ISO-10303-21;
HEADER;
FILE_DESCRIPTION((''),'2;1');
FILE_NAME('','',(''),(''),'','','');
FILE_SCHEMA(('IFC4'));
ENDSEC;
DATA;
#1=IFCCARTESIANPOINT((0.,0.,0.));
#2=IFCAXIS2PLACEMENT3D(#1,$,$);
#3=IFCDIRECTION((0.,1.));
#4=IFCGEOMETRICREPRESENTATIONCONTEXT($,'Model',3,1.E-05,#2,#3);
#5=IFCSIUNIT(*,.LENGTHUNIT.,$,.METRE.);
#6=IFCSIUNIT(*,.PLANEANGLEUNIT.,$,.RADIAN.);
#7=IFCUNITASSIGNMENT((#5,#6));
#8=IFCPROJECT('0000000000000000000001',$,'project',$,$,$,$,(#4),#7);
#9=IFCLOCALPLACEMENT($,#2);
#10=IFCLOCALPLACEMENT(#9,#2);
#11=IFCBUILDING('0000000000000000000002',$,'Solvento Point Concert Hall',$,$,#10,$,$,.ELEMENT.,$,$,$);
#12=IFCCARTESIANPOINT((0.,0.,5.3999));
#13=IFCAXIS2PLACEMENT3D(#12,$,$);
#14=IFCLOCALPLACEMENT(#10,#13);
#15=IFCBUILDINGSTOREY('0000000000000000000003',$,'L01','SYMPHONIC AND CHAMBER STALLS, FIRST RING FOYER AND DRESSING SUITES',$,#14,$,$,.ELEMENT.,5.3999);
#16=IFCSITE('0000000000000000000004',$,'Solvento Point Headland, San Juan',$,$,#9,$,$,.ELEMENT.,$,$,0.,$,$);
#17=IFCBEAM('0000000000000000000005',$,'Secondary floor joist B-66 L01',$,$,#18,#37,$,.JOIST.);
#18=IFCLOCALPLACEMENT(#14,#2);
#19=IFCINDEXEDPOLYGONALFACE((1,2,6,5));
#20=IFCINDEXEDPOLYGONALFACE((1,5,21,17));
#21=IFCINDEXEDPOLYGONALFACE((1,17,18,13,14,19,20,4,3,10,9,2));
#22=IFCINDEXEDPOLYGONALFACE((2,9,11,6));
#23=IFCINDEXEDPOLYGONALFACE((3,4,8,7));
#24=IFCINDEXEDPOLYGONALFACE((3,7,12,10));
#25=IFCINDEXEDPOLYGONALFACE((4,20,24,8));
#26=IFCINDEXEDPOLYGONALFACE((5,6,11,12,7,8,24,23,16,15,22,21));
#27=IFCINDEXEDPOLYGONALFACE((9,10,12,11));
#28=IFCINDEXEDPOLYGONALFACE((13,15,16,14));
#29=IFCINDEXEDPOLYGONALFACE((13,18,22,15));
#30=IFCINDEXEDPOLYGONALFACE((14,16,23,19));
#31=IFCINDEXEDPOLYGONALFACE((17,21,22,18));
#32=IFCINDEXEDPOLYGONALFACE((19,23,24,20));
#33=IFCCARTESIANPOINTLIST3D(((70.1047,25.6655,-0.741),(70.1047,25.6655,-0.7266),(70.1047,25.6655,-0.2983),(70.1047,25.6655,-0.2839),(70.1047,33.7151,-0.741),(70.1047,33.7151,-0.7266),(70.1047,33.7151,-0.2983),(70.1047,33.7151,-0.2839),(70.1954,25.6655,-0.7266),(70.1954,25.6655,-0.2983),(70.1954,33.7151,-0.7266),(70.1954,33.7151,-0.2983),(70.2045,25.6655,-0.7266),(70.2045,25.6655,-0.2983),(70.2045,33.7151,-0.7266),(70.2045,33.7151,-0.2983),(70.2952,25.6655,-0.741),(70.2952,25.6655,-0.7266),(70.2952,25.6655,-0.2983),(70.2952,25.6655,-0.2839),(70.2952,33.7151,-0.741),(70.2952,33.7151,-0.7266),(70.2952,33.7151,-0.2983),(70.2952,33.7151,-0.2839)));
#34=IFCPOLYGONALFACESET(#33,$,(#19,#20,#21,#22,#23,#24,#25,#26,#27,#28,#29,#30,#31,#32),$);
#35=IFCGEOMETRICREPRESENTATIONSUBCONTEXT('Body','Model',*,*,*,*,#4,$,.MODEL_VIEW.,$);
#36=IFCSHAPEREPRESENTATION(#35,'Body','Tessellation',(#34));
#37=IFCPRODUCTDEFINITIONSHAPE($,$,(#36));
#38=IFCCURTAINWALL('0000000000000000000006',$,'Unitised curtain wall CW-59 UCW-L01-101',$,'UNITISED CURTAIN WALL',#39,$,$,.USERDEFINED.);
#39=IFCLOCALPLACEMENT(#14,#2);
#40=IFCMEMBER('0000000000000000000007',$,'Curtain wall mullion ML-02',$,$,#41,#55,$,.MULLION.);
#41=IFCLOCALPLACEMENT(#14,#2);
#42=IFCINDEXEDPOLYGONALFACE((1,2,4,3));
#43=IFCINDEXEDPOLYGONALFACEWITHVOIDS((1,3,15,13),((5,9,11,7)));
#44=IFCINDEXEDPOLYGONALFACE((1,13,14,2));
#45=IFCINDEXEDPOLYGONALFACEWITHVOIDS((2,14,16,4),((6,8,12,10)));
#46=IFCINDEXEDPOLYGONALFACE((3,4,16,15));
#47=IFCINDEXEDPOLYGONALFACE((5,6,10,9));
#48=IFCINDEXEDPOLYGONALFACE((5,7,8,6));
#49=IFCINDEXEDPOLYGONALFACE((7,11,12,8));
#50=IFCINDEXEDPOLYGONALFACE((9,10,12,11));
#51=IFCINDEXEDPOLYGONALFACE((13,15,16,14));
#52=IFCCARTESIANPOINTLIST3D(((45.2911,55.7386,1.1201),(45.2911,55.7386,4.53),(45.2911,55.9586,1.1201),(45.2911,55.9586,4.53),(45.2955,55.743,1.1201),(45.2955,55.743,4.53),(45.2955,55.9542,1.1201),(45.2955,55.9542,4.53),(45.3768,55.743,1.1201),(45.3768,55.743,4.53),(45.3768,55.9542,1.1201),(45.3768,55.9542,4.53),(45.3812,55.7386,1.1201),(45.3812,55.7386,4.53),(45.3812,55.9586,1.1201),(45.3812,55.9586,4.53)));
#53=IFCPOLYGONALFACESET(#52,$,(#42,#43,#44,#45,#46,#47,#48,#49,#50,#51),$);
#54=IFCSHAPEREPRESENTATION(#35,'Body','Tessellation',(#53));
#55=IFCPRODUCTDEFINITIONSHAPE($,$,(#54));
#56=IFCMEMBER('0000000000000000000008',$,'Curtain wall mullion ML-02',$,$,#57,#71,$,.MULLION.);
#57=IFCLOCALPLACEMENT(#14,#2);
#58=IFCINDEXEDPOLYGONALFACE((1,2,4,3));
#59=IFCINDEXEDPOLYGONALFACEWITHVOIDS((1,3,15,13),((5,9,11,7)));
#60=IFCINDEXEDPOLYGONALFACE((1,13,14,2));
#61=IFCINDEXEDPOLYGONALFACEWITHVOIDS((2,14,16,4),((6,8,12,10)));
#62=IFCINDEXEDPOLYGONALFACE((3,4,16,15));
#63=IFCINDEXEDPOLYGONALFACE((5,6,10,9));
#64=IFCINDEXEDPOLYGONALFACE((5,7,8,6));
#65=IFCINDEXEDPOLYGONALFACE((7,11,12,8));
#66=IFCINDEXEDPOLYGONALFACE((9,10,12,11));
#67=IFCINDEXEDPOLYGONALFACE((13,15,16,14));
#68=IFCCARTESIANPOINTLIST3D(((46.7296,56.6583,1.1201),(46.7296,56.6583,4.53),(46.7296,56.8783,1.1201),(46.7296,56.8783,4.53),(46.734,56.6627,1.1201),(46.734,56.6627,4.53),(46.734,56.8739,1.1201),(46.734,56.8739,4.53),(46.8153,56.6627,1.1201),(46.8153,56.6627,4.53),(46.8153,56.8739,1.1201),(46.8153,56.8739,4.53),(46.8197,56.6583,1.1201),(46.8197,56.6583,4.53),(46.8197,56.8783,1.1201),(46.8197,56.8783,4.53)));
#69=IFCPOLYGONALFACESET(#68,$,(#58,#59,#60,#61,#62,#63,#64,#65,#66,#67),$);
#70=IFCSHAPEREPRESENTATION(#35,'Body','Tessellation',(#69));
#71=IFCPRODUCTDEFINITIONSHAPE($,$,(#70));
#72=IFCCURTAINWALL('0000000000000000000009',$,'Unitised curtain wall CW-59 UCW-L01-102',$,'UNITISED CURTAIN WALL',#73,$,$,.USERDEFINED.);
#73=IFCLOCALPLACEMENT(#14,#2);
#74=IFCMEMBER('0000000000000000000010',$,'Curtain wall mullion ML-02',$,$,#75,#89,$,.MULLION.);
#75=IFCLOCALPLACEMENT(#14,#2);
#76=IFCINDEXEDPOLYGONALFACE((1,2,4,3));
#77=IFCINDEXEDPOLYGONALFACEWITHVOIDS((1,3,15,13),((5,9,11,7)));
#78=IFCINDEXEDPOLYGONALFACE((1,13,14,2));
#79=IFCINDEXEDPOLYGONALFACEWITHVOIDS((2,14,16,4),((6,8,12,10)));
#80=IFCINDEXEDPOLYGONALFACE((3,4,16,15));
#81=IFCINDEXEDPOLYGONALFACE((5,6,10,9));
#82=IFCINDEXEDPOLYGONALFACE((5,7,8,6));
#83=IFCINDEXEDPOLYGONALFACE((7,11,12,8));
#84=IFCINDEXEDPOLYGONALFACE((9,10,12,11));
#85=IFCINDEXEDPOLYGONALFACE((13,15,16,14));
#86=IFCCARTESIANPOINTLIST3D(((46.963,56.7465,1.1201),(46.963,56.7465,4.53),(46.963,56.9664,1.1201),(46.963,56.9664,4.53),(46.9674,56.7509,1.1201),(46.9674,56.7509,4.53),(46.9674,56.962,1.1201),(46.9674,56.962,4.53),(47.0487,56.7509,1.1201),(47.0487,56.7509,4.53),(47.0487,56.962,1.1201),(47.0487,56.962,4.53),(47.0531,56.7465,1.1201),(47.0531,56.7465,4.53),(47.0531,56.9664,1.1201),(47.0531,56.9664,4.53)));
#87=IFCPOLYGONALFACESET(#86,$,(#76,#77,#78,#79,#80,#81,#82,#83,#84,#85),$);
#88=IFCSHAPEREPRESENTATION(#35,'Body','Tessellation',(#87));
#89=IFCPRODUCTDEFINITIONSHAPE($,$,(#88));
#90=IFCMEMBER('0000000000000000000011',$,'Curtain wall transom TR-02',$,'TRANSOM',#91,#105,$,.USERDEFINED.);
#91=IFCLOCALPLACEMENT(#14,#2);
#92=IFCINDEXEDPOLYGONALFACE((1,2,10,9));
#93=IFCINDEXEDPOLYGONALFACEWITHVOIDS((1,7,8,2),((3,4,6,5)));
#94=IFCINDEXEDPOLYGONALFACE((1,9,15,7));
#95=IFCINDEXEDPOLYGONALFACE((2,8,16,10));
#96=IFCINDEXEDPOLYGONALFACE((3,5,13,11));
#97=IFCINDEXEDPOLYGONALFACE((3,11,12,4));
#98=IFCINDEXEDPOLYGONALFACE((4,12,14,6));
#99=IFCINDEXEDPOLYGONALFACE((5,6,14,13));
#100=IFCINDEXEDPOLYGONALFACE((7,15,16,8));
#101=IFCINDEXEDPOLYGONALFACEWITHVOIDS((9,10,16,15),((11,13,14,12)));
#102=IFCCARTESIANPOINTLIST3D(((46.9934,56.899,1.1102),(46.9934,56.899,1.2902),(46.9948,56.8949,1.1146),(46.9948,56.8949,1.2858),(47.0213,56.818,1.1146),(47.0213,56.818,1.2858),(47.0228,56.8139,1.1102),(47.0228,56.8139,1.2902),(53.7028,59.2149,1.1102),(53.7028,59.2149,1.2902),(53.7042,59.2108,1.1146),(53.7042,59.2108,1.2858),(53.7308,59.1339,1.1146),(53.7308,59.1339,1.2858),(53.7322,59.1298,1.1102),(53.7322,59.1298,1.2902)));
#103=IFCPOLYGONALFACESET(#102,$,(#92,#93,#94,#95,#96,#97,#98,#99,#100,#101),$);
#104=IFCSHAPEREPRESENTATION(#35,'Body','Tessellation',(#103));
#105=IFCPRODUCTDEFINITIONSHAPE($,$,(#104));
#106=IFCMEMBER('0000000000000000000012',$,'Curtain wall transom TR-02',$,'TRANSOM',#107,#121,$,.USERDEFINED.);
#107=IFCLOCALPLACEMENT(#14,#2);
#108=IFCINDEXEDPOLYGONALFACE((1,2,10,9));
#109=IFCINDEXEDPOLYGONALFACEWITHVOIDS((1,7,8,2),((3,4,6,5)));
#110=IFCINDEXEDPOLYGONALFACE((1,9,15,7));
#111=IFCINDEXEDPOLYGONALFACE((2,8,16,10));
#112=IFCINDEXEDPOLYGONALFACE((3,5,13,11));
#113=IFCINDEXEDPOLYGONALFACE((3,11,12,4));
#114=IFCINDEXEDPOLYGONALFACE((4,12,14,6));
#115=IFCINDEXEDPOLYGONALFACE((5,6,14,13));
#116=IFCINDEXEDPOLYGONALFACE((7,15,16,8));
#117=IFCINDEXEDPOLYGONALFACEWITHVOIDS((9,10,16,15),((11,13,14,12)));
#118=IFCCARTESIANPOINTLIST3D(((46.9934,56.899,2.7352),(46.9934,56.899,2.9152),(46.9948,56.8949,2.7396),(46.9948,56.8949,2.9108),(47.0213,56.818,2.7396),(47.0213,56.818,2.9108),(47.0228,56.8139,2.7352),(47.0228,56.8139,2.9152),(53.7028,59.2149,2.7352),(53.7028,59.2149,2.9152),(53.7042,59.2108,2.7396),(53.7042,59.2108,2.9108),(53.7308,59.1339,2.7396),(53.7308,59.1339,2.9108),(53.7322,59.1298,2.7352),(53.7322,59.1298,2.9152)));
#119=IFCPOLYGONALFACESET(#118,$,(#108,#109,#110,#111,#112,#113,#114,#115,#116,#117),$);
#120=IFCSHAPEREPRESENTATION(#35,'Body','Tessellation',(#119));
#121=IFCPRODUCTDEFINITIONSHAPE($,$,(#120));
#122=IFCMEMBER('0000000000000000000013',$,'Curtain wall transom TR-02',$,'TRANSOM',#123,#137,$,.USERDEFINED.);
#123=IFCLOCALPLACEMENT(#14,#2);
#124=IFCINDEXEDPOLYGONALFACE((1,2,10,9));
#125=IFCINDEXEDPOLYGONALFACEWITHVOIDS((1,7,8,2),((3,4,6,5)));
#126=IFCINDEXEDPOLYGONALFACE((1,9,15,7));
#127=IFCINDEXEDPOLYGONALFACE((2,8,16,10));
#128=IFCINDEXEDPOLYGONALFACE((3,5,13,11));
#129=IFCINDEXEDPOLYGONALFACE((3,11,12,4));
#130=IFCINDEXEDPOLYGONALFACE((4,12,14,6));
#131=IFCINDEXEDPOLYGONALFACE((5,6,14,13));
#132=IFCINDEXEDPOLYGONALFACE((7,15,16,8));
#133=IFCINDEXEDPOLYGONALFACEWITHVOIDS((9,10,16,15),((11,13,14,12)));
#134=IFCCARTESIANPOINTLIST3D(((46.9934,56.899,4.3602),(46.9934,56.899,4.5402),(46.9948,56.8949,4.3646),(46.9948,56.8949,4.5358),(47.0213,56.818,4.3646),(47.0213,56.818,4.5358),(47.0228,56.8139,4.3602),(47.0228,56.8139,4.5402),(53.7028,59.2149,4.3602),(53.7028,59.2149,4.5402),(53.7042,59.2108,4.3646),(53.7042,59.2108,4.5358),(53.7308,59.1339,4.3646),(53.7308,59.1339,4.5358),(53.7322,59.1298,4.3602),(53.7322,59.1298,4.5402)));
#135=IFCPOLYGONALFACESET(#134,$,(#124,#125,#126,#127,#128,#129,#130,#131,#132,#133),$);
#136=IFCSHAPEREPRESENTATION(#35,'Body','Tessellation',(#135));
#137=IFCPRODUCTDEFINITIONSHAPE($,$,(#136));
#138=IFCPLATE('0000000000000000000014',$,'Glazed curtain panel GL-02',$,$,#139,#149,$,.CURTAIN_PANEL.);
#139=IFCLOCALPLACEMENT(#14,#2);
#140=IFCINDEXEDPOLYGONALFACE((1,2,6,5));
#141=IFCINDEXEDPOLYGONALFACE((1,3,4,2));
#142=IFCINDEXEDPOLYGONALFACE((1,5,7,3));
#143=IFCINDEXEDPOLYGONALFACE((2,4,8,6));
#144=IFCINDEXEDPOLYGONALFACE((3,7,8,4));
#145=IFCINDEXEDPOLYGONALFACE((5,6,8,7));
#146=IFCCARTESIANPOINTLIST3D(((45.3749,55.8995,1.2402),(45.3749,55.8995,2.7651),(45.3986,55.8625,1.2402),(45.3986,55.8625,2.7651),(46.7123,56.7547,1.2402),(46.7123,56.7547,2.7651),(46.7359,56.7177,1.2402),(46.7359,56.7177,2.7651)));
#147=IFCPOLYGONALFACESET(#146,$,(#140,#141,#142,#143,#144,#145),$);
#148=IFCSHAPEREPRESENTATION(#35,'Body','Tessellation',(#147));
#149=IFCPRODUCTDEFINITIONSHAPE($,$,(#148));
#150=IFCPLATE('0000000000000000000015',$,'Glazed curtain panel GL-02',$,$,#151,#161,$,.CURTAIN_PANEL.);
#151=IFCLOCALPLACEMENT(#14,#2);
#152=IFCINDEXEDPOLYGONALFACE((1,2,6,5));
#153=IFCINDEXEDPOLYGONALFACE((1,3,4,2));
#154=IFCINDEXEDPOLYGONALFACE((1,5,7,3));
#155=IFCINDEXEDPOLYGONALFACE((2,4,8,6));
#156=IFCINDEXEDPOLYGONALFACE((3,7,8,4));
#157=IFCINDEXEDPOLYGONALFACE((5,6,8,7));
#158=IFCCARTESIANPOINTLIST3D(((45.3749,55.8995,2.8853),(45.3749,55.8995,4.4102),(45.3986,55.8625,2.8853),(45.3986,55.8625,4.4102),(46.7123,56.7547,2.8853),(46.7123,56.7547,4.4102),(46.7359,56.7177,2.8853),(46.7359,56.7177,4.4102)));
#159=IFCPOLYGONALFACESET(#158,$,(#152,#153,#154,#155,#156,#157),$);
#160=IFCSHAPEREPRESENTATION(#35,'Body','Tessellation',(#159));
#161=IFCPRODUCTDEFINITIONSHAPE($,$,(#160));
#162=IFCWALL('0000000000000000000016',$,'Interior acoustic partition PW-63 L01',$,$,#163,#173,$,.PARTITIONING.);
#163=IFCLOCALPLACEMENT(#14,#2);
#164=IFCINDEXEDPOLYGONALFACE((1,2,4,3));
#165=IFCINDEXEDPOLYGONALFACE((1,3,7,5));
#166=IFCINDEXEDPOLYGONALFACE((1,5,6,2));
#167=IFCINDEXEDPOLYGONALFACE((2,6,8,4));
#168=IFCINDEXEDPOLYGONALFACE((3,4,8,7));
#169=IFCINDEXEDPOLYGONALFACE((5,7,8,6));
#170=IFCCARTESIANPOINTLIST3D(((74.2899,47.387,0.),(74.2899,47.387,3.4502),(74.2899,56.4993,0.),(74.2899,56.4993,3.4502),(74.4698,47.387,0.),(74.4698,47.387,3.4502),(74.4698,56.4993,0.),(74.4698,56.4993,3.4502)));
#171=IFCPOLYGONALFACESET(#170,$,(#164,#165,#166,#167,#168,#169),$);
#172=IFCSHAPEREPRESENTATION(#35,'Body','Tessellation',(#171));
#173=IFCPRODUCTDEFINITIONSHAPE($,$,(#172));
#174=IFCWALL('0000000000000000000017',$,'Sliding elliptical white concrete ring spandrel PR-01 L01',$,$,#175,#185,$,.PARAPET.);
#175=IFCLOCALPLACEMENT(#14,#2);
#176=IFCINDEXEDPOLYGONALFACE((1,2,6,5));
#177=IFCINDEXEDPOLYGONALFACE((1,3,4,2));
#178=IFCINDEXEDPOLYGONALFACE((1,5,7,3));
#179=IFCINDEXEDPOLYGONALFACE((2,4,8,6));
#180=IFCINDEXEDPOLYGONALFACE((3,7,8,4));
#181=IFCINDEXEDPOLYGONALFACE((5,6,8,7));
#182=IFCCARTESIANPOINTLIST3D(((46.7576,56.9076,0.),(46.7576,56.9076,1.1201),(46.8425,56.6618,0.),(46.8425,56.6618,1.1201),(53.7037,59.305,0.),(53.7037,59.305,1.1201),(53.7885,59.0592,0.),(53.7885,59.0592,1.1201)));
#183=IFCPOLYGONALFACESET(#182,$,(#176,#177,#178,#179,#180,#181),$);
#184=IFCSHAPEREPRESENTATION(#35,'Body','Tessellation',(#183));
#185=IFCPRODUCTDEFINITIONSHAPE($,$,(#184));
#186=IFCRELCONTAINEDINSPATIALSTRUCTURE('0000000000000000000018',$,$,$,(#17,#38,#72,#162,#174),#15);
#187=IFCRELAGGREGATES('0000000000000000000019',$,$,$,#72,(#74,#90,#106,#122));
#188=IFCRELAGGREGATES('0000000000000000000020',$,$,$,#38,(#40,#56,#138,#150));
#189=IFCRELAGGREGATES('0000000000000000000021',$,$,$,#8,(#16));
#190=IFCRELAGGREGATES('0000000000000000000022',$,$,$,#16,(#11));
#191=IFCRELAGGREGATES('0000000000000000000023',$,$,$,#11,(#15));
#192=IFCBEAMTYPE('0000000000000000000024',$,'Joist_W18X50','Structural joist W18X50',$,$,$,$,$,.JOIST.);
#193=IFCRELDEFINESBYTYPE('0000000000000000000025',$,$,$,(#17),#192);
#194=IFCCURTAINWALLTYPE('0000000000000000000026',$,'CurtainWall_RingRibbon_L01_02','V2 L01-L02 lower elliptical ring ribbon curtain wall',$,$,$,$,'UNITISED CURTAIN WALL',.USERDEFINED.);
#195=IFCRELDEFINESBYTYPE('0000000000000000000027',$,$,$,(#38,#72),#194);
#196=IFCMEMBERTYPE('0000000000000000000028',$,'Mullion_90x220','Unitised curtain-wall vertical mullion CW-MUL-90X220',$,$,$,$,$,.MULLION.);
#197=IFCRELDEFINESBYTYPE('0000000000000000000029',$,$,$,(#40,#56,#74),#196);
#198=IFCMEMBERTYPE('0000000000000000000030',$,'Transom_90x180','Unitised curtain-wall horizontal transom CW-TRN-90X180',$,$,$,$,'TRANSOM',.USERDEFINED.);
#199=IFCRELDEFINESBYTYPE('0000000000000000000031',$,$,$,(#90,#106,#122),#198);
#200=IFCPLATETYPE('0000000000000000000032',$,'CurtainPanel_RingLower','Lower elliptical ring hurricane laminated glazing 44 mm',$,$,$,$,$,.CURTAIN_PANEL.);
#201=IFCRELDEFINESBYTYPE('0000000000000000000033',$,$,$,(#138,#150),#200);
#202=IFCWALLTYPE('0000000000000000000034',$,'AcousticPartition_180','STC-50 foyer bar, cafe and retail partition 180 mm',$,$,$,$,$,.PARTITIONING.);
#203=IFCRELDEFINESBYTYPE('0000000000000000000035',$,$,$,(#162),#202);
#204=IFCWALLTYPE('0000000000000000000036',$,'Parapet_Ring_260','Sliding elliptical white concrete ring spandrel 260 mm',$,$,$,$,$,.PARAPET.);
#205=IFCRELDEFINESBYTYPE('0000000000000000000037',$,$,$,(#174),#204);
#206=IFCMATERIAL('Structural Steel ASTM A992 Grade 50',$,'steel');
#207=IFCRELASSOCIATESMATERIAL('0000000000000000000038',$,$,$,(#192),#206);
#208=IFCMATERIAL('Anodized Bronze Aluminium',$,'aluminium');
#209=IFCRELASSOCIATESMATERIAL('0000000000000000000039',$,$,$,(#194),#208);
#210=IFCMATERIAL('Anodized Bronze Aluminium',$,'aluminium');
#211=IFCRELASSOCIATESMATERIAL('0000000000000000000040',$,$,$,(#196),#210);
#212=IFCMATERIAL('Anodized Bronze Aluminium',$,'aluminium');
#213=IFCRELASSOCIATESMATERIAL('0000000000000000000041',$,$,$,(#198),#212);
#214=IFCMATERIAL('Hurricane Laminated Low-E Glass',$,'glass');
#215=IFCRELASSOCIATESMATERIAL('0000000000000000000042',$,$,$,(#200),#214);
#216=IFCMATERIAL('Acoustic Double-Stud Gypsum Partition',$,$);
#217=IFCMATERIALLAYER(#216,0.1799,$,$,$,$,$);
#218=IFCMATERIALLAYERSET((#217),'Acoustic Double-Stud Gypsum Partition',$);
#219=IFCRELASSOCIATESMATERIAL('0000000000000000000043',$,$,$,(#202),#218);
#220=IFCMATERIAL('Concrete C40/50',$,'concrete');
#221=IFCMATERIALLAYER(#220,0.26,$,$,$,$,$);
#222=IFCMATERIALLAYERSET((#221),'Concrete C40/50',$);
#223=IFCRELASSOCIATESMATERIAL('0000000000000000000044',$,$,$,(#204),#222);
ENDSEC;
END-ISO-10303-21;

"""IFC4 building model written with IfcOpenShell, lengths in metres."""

from ifc_helpers import new_model, si_unit, direction, frame, frame_2d, origin, origin_2d, place, context, subcontext, project, spatial, rectangle, hollow_rectangle, i_section, extrude, material, layer, layer_set, material_profile, profile_set, type_object, element, aggregate, save


model = new_model("IFC4")

# Units and contexts
model_context = context("Model", 3, precision=1e-05, world=origin(), true_north=direction((0.0, 1.0)))
body_context = subcontext(model_context, "Body", "Model", "MODEL_VIEW")
ifc_project = project(units=[si_unit("LENGTHUNIT", "METRE"), si_unit("PLANEANGLEUNIT", "RADIAN")], contexts=[model_context])

# Site, building, storey
site_placement = place(None, origin())
site = spatial("IfcSite", under=ifc_project, at=site_placement, Name="Solvento Point Headland, San Juan", CompositionType="ELEMENT", RefElevation=0.0)
building_placement = place(site_placement, origin())
building = spatial("IfcBuilding", under=site, at=building_placement, Name="Solvento Point Concert Hall", CompositionType="ELEMENT")
storey_placement = place(building_placement, frame((0.0, 0.0, 5.3999)))
storey = spatial("IfcBuildingStorey", under=building, at=storey_placement, Name="L01", Description="SYMPHONIC AND CHAMBER STALLS, FIRST RING FOYER AND DRESSING SUITES", CompositionType="ELEMENT", Elevation=5.3999)

# Beam
ifc_material_1 = material(Name="Structural Steel ASTM A992 Grade 50", Category="steel")
ifc_material_profile_1 = material_profile(ifc_material_1, i_section(OverallWidth=0.1904, OverallDepth=0.457, WebThickness=0.009, FlangeThickness=0.0144, at=origin_2d()), Name="W18X50")
ifc_profile_set_1 = profile_set([ifc_material_profile_1], Name="Structural Steel ASTM A992 Grade 50")
beam_type_1 = type_object("IfcBeamType", Name="Joist_W18X50", Description="Structural joist W18X50", PredefinedType="JOIST", material=ifc_profile_set_1)
beam_1_placement = place(storey_placement, frame((70.2, 25.6655, -0.5125), z_axis=(0.0, 1.0, 0.0), x_axis=(-1.0, 0.0, 0.0)))
element("IfcBeam", 1, at=beam_1_placement, inside=storey, type_object=beam_type_1, Name="Secondary floor joist B-66 L01", PredefinedType="JOIST", context=body_context, shape_type="SweptSolid", body=[
    extrude(i_section(OverallWidth=0.1904, OverallDepth=0.457, WebThickness=0.009, FlangeThickness=0.0144, at=origin_2d()), origin(), (0.0, 0.0, 1.0), 8.0496),
])

# Curtain walls, members
ifc_material_2 = material(Name="Anodized Bronze Aluminium", Category="aluminium")
curtain_wall_type = type_object("IfcCurtainWallType", Name="CurtainWall_RingRibbon_L01_02", Description="V2 L01-L02 lower elliptical ring ribbon curtain wall", ElementType="UNITISED CURTAIN WALL", PredefinedType="USERDEFINED", material=ifc_material_2)
curtain_wall_1_placement = place(storey_placement, origin())
curtain_wall_1 = element("IfcCurtainWall", 2, at=curtain_wall_1_placement, inside=storey, type_object=curtain_wall_type, Name="Unitised curtain wall CW-59 UCW-L01-101", ObjectType="UNITISED CURTAIN WALL", PredefinedType="USERDEFINED")
ifc_material_3 = material(Name="Anodized Bronze Aluminium", Category="aluminium")
ifc_material_profile_2 = material_profile(ifc_material_3, hollow_rectangle(XDim=0.0901, YDim=0.22, WallThickness=0.0044, at=origin_2d()), Name="CW-MUL-90X220")
ifc_profile_set_2 = profile_set([ifc_material_profile_2], Name="Anodized Bronze Aluminium")
member_type_1 = type_object("IfcMemberType", Name="Mullion_90x220", Description="Unitised curtain-wall vertical mullion CW-MUL-90X220", PredefinedType="MULLION", material=ifc_profile_set_2)
member_1_placement = place(storey_placement, frame((45.3362, 55.8486, 1.1201), z_axis=(0.0, 0.0, 1.0), x_axis=(1.0, 0.0, 0.0)))
member_1 = element("IfcMember", 3, at=member_1_placement, type_object=member_type_1, Name="Curtain wall mullion ML-02", PredefinedType="MULLION", context=body_context, shape_type="SweptSolid", body=[
    extrude(hollow_rectangle(XDim=0.0901, YDim=0.22, WallThickness=0.0044, at=origin_2d()), origin(), (0.0, 0.0, 1.0), 3.4099),
])
member_2_placement = place(storey_placement, frame((46.7747, 56.7683, 1.1201), z_axis=(0.0, 0.0, 1.0), x_axis=(1.0, 0.0, 0.0)))
member_2 = element("IfcMember", 4, at=member_2_placement, type_object=member_type_1, Name="Curtain wall mullion ML-02", PredefinedType="MULLION", context=body_context, shape_type="SweptSolid", body=[
    extrude(hollow_rectangle(XDim=0.0901, YDim=0.22, WallThickness=0.0044, at=origin_2d()), origin(), (0.0, 0.0, 1.0), 3.4099),
])
curtain_wall_2_placement = place(storey_placement, origin())
curtain_wall_2 = element("IfcCurtainWall", 5, at=curtain_wall_2_placement, inside=storey, type_object=curtain_wall_type, Name="Unitised curtain wall CW-59 UCW-L01-102", ObjectType="UNITISED CURTAIN WALL", PredefinedType="USERDEFINED")
member_3_placement = place(storey_placement, frame((47.0081, 56.8564, 1.1201), z_axis=(0.0, 0.0, 1.0), x_axis=(1.0, 0.0, 0.0)))
member_3 = element("IfcMember", 6, at=member_3_placement, type_object=member_type_1, Name="Curtain wall mullion ML-02", PredefinedType="MULLION", context=body_context, shape_type="SweptSolid", body=[
    extrude(hollow_rectangle(XDim=0.0901, YDim=0.22, WallThickness=0.0044, at=origin_2d()), origin(), (0.0, 0.0, 1.0), 3.4099),
])
ifc_material_4 = material(Name="Anodized Bronze Aluminium", Category="aluminium")
ifc_material_profile_3 = material_profile(ifc_material_4, hollow_rectangle(XDim=0.0901, YDim=0.1799, WallThickness=0.0044, at=origin_2d()), Name="CW-TRN-90X180")
ifc_profile_set_3 = profile_set([ifc_material_profile_3], Name="Anodized Bronze Aluminium")
member_type_2 = type_object("IfcMemberType", Name="Transom_90x180", Description="Unitised curtain-wall horizontal transom CW-TRN-90X180", ElementType="TRANSOM", PredefinedType="USERDEFINED", material=ifc_profile_set_3)
member_4_placement = place(storey_placement, frame((47.0081, 56.8564, 1.2002), z_axis=(0.945273, 0.326281, 0.0), x_axis=(-0.326281, 0.945273, 0.0)))
member_4 = element("IfcMember", 7, at=member_4_placement, type_object=member_type_2, Name="Curtain wall transom TR-02", ObjectType="TRANSOM", PredefinedType="USERDEFINED", context=body_context, shape_type="SweptSolid", body=[
    extrude(hollow_rectangle(XDim=0.0901, YDim=0.1799, WallThickness=0.0044, at=origin_2d()), origin(), (0.0, 0.0, 1.0), 7.0979),
])
member_5_placement = place(storey_placement, frame((47.0081, 56.8564, 2.8252), z_axis=(0.945273, 0.326281, 0.0), x_axis=(-0.326281, 0.945273, 0.0)))
member_5 = element("IfcMember", 8, at=member_5_placement, type_object=member_type_2, Name="Curtain wall transom TR-02", ObjectType="TRANSOM", PredefinedType="USERDEFINED", context=body_context, shape_type="SweptSolid", body=[
    extrude(hollow_rectangle(XDim=0.0901, YDim=0.1799, WallThickness=0.0044, at=origin_2d()), origin(), (0.0, 0.0, 1.0), 7.0979),
])
member_6_placement = place(storey_placement, frame((47.0081, 56.8564, 4.4502), z_axis=(0.945273, 0.326281, 0.0), x_axis=(-0.326281, 0.945273, 0.0)))
member_6 = element("IfcMember", 9, at=member_6_placement, type_object=member_type_2, Name="Curtain wall transom TR-02", ObjectType="TRANSOM", PredefinedType="USERDEFINED", context=body_context, shape_type="SweptSolid", body=[
    extrude(hollow_rectangle(XDim=0.0901, YDim=0.1799, WallThickness=0.0044, at=origin_2d()), origin(), (0.0, 0.0, 1.0), 7.0979),
])
aggregate(curtain_wall_2, [member_3, member_4, member_5, member_6])

# Plates
ifc_material_5 = material(Name="Hurricane Laminated Low-E Glass", Category="glass")
plate_type = type_object("IfcPlateType", Name="CurtainPanel_RingLower", Description="Lower elliptical ring hurricane laminated glazing 44 mm", PredefinedType="CURTAIN_PANEL", material=ifc_material_5)
plate_1_placement = place(storey_placement, frame((46.0554, 56.3086, 1.2402), z_axis=(0.0, 0.0, 1.0), x_axis=(0.84249, 0.538712, 0.0)))
plate_1 = element("IfcPlate", 10, at=plate_1_placement, type_object=plate_type, Name="Glazed curtain panel GL-02", PredefinedType="CURTAIN_PANEL", context=body_context, shape_type="SweptSolid", body=[
    extrude(rectangle(XDim=1.5874, YDim=0.0439, at=origin_2d()), origin(), (0.0, 0.0, 1.0), 1.5249),
])
plate_2_placement = place(storey_placement, frame((46.0554, 56.3086, 2.8853), z_axis=(0.0, 0.0, 1.0), x_axis=(0.84249, 0.538712, 0.0)))
plate_2 = element("IfcPlate", 11, at=plate_2_placement, type_object=plate_type, Name="Glazed curtain panel GL-02", PredefinedType="CURTAIN_PANEL", context=body_context, shape_type="SweptSolid", body=[
    extrude(rectangle(XDim=1.5874, YDim=0.0439, at=origin_2d()), origin(), (0.0, 0.0, 1.0), 1.5249),
])
aggregate(curtain_wall_1, [member_1, member_2, plate_1, plate_2])

# Walls
ifc_material_6 = material(Name="Acoustic Double-Stud Gypsum Partition")
ifc_layer_1 = layer(ifc_material_6, 0.1799)
ifc_layer_set_1 = layer_set([ifc_layer_1], Name="Acoustic Double-Stud Gypsum Partition")
wall_type_1 = type_object("IfcWallType", Name="AcousticPartition_180", Description="STC-50 foyer bar, cafe and retail partition 180 mm", PredefinedType="PARTITIONING", material=ifc_layer_set_1)
wall_1_placement = place(storey_placement, frame((74.3799, 56.4993, 0.0), z_axis=(0.0, 0.0, 1.0), x_axis=(0.0, -1.0, 0.0)))
element("IfcWall", 12, at=wall_1_placement, inside=storey, type_object=wall_type_1, Name="Interior acoustic partition PW-63 L01", PredefinedType="PARTITIONING", context=body_context, shape_type="SweptSolid", body=[
    extrude(rectangle(XDim=9.1123, YDim=0.1799, at=frame_2d((4.5562, 0.0))), origin(), (0.0, 0.0, 1.0), 3.4502),
])
ifc_material_7 = material(Name="Concrete C40/50", Category="concrete")
ifc_layer_2 = layer(ifc_material_7, 0.26)
ifc_layer_set_2 = layer_set([ifc_layer_2], Name="Concrete C40/50")
wall_type_2 = type_object("IfcWallType", Name="Parapet_Ring_260", Description="Sliding elliptical white concrete ring spandrel 260 mm", PredefinedType="PARAPET", material=ifc_layer_set_2)
wall_2_placement = place(storey_placement, frame((46.8, 56.7847, 0.0), z_axis=(0.0, 0.0, 1.0), x_axis=(0.945278, 0.326267, 0.0)))
element("IfcWall", 13, at=wall_2_placement, inside=storey, type_object=wall_type_2, Name="Sliding elliptical white concrete ring spandrel PR-01 L01", PredefinedType="PARAPET", context=body_context, shape_type="SweptSolid", body=[
    extrude(rectangle(XDim=7.3481, YDim=0.26, at=frame_2d((3.6741, 0.0))), origin(), (0.0, 0.0, 1.0), 1.1201),
])

save(model, "model.ifc")
